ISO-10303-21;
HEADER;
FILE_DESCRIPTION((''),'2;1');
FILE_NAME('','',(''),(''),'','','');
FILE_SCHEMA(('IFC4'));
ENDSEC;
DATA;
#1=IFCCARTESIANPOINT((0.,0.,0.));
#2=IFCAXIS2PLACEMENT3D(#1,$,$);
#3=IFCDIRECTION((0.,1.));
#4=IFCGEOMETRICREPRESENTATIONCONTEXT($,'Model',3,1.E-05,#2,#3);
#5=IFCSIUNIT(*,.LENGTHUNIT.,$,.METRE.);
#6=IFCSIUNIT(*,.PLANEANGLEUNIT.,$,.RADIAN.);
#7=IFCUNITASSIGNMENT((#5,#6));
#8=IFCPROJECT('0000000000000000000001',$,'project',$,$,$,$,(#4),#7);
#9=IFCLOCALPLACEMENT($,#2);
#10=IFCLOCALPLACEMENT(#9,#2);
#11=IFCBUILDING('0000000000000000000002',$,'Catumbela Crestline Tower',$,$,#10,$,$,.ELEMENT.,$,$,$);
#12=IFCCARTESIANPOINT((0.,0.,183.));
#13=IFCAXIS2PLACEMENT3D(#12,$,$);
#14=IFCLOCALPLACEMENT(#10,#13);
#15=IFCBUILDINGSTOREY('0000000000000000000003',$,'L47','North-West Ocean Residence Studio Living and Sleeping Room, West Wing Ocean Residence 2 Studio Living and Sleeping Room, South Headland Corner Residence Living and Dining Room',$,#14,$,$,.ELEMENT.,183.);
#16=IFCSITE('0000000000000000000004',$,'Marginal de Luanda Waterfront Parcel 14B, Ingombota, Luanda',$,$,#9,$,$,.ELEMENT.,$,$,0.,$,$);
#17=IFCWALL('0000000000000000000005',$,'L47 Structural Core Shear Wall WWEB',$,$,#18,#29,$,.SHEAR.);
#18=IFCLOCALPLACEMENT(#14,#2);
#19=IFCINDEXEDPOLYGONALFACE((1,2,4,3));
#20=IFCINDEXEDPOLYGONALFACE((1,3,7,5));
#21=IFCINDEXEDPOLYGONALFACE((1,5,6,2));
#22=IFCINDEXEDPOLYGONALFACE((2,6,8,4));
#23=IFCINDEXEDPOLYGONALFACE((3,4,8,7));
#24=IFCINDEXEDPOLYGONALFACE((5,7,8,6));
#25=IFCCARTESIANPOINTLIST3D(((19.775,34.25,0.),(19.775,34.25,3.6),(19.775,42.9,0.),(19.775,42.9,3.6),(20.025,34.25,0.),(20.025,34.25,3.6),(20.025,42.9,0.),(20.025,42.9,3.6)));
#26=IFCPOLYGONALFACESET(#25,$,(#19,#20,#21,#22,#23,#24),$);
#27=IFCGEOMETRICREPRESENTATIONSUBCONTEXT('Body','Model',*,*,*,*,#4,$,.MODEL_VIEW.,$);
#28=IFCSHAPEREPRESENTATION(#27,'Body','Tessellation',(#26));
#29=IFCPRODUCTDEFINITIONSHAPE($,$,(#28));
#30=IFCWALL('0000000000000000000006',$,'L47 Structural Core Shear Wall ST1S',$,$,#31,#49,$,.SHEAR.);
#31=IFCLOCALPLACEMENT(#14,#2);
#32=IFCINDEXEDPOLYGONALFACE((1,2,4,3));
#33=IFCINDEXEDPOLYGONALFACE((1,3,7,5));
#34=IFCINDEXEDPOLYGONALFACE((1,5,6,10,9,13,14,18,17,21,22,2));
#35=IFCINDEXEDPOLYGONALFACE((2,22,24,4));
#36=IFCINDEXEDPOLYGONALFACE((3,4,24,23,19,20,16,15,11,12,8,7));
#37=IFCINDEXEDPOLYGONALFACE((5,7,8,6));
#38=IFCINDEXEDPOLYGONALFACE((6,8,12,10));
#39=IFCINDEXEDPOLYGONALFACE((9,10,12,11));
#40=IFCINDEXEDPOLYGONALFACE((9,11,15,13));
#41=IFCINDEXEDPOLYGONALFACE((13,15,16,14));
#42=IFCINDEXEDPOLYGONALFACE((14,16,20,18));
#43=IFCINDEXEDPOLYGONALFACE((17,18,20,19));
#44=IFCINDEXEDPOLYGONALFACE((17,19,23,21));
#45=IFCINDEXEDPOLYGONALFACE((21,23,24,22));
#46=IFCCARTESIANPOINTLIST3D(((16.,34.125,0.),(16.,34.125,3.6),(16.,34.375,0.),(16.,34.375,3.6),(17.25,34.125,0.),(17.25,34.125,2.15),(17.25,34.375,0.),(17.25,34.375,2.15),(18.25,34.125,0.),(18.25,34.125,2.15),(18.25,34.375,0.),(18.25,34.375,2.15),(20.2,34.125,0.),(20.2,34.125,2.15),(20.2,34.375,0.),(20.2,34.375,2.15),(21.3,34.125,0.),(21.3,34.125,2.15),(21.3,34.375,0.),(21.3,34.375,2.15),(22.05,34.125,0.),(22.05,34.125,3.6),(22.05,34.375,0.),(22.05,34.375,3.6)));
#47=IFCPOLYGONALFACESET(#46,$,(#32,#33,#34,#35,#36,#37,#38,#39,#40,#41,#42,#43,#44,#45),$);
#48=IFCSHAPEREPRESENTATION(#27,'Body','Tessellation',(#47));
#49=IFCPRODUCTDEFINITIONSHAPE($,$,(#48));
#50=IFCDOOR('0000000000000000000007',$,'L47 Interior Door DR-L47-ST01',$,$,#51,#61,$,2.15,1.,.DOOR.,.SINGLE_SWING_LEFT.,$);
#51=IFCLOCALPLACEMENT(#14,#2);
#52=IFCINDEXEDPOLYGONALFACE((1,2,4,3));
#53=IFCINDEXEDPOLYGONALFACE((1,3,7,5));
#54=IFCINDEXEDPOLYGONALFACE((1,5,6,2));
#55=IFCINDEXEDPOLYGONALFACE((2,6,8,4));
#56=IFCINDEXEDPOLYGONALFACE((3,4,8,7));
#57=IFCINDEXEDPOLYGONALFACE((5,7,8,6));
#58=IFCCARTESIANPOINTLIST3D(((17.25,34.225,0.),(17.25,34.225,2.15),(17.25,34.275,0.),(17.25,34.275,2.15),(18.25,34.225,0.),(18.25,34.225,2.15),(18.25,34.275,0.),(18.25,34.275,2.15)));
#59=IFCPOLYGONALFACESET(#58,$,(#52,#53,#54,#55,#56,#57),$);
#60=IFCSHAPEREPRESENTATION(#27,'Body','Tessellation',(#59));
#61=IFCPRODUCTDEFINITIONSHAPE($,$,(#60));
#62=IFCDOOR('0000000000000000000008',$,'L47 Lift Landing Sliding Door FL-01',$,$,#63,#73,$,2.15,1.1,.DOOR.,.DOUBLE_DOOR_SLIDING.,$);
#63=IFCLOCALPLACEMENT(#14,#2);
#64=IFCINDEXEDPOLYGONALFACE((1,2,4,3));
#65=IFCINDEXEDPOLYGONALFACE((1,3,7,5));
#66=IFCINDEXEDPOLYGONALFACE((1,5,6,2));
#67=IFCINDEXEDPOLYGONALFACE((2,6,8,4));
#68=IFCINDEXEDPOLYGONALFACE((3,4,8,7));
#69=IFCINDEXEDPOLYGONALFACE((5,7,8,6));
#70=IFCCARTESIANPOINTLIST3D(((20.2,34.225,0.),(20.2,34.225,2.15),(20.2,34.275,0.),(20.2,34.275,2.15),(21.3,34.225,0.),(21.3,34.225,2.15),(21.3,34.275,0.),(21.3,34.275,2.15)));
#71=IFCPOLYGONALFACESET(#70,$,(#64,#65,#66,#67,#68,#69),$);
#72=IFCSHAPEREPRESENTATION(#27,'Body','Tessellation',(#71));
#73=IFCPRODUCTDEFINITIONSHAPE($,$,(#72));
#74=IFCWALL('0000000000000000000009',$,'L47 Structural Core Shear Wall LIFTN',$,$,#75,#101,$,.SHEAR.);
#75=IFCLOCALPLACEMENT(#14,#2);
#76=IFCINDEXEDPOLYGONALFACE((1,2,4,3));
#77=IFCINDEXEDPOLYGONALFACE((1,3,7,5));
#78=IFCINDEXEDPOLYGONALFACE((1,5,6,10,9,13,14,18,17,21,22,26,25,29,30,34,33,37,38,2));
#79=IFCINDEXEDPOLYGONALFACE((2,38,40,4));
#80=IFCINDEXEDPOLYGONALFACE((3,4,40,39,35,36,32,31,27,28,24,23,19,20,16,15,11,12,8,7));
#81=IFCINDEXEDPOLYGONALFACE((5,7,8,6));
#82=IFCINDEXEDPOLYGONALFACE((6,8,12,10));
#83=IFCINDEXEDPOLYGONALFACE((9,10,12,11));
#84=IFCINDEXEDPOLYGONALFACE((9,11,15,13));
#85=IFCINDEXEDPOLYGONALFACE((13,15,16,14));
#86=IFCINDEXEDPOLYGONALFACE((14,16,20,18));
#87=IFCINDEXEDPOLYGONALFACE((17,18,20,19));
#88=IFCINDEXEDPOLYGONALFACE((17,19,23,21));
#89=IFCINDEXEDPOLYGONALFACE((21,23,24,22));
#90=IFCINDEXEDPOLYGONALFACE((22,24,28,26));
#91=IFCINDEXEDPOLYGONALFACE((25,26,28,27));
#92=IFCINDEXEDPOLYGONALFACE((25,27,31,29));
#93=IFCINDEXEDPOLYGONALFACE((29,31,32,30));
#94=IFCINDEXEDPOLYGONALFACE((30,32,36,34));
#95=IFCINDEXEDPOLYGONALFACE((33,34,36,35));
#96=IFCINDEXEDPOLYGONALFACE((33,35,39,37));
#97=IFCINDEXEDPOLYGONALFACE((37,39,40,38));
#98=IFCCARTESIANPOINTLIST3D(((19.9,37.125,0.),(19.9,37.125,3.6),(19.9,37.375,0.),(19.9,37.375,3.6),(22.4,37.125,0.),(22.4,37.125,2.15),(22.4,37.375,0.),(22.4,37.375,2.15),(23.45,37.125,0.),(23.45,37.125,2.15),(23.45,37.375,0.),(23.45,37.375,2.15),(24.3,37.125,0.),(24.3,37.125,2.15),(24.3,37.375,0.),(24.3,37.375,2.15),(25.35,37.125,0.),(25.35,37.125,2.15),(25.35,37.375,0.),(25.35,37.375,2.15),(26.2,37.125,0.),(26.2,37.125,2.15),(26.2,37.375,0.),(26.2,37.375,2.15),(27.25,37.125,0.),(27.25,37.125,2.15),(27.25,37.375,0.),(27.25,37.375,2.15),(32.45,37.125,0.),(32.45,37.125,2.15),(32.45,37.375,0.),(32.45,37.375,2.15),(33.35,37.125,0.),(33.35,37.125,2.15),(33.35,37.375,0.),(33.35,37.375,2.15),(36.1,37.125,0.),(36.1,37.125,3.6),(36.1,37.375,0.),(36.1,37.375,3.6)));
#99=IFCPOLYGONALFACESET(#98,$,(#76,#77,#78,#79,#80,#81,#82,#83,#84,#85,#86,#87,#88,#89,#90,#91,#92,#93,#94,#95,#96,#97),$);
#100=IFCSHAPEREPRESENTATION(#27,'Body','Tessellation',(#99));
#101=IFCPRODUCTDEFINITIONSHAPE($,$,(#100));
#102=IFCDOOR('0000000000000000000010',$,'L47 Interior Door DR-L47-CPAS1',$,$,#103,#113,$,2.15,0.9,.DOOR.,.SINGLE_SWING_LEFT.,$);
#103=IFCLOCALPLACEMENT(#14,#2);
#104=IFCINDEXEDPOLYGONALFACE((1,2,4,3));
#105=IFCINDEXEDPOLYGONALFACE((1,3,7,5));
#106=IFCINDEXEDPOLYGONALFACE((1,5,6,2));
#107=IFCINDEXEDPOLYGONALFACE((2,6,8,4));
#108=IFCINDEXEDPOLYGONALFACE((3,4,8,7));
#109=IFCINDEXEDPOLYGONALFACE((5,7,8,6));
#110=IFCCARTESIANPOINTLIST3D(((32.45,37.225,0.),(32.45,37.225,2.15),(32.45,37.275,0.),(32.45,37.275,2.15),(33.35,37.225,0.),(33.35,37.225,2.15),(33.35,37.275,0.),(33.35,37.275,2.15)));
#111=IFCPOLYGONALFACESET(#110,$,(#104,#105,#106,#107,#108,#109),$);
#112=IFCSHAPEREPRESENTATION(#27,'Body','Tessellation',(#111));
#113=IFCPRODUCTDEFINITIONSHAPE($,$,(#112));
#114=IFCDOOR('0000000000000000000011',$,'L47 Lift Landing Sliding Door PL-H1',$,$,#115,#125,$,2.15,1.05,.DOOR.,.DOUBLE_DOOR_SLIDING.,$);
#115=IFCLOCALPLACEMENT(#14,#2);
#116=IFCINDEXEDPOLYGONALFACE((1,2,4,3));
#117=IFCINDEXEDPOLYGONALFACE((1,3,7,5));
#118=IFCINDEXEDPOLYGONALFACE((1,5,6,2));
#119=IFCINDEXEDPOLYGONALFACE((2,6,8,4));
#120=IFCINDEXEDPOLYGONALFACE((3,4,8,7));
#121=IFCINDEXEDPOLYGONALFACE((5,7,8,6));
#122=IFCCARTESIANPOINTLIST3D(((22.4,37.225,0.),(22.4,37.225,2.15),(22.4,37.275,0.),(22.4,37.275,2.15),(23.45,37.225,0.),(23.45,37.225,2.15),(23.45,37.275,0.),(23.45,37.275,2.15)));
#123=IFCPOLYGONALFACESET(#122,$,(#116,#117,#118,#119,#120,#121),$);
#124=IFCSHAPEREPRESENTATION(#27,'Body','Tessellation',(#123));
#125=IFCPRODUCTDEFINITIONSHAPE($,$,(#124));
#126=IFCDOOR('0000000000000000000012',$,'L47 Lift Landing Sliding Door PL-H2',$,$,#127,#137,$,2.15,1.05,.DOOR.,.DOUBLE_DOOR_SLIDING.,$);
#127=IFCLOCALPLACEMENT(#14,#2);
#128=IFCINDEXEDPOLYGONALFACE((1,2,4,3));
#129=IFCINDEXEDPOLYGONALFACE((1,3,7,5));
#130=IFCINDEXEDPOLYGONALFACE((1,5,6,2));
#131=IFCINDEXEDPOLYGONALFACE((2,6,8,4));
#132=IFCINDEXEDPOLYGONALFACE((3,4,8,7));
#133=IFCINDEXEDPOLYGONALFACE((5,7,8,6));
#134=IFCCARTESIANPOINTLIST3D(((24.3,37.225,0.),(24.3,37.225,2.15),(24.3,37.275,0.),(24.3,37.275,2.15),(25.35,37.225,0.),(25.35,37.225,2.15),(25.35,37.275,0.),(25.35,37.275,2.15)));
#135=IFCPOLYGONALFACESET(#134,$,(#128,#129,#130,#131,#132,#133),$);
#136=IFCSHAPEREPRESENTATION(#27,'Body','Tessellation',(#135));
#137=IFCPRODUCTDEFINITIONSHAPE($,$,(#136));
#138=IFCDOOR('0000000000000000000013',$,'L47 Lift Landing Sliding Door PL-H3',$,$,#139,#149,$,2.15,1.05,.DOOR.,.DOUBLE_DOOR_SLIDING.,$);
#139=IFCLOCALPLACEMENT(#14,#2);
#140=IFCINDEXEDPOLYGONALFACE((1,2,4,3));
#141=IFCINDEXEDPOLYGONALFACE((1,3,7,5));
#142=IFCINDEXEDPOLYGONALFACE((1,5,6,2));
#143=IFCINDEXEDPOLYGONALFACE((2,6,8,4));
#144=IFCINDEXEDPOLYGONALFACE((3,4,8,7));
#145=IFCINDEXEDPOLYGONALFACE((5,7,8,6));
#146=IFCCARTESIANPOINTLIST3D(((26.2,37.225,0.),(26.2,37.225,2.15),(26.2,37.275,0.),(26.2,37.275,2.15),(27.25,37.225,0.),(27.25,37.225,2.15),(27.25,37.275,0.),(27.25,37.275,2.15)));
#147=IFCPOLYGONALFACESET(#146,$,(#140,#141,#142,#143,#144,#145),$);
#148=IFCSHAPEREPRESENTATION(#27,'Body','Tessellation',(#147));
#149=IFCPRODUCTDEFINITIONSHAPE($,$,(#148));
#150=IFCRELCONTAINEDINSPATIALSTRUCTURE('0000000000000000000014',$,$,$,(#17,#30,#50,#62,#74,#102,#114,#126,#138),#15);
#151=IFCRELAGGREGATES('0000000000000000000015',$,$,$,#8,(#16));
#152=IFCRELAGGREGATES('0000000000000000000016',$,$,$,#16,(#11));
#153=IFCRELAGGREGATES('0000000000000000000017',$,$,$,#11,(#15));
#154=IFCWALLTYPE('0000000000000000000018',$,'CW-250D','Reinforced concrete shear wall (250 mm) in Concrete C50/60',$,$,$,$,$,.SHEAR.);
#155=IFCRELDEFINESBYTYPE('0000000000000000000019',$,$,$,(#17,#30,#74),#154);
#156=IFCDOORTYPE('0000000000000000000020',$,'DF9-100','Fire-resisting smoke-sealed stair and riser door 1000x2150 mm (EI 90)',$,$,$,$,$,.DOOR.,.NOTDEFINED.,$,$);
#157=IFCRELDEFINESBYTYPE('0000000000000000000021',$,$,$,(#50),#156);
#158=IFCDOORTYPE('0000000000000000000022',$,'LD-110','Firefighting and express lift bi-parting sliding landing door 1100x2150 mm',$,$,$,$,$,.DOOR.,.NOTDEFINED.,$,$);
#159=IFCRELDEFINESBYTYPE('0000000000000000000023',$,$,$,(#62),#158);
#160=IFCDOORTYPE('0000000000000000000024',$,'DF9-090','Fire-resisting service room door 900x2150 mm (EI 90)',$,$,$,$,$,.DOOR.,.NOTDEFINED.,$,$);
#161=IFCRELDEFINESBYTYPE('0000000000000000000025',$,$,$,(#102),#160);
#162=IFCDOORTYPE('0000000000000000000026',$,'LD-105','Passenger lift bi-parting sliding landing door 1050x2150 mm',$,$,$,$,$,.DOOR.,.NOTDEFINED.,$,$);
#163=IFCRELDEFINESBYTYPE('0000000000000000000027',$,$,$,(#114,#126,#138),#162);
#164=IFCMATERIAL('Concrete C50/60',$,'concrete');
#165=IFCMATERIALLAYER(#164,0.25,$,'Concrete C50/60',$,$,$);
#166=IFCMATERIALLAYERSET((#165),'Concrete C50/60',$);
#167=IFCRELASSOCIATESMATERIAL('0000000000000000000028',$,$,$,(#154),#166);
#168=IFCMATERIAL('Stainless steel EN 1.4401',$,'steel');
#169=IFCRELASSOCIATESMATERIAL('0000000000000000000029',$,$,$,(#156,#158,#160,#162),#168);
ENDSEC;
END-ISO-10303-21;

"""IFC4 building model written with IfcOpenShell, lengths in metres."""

from ifc_helpers import new_model, si_unit, direction, frame, frame_2d, origin, place, context, subcontext, project, spatial, rectangle, extrude, material, layer, layer_set, type_object, element, fill, save


model = new_model("IFC4")

# Units and contexts
model_context = context("Model", 3, precision=1e-05, world=origin(), true_north=direction((0.0, 1.0)))
body_context = subcontext(model_context, "Body", "Model", "MODEL_VIEW")
ifc_project = project(units=[si_unit("LENGTHUNIT", "METRE"), si_unit("PLANEANGLEUNIT", "RADIAN")], contexts=[model_context])

# Site, building, storey
site_placement = place(None, origin())
site = spatial("IfcSite", under=ifc_project, at=site_placement, Name="Marginal de Luanda Waterfront Parcel 14B, Ingombota, Luanda", CompositionType="ELEMENT", RefElevation=0.0)
building_placement = place(site_placement, origin())
building = spatial("IfcBuilding", under=site, at=building_placement, Name="Catumbela Crestline Tower", CompositionType="ELEMENT")
storey_placement = place(building_placement, frame((0.0, 0.0, 183.0)))
storey = spatial("IfcBuildingStorey", under=building, at=storey_placement, Name="L47", Description="North-West Ocean Residence Studio Living and Sleeping Room, West Wing Ocean Residence 2 Studio Living and Sleeping Room, South Headland Corner Residence Living and Dining Room", CompositionType="ELEMENT", Elevation=183.0)

# Wall
ifc_material_1 = material(Name="Concrete C50/60", Category="concrete")
ifc_layer_1 = layer(ifc_material_1, 0.25, Name="Concrete C50/60")
ifc_layer_set_1 = layer_set([ifc_layer_1], Name="Concrete C50/60")
wall_type_1 = type_object("IfcWallType", Name="CW-250D", Description="Reinforced concrete shear wall (250 mm) in Concrete C50/60", PredefinedType="SHEAR", material=ifc_layer_set_1)
wall_1_placement = place(storey_placement, frame((19.9, 34.25, 0.0), z_axis=(0.0, 0.0, 1.0), x_axis=(0.0, 1.0, 0.0)))
element("IfcWall", 1, at=wall_1_placement, inside=storey, type_object=wall_type_1, Name="L47 Structural Core Shear Wall WWEB", PredefinedType="SHEAR", context=body_context, shape_type="SweptSolid", body=[
    extrude(rectangle(XDim=8.65, YDim=0.25, at=frame_2d((4.325, 0.0))), origin(), (0.0, 0.0, 1.0), 3.6),
])

# Walls, openings, doors
wall_2_placement = place(storey_placement, frame((16.0, 34.25, 0.0), z_axis=(0.0, 0.0, 1.0), x_axis=(1.0, 0.0, 0.0)))
wall_2 = element("IfcWall", 2, at=wall_2_placement, inside=storey, type_object=wall_type_1, Name="L47 Structural Core Shear Wall ST1S", PredefinedType="SHEAR", context=body_context, shape_type="SweptSolid", body=[
    extrude(rectangle(XDim=6.05, YDim=0.25, at=frame_2d((3.025, 0.0))), origin(), (0.0, 0.0, 1.0), 3.6),
])
opening_1_placement = place(wall_2_placement, frame((1.25, 0.0, 0.0)))
opening_1 = element("IfcOpeningElement", 3, at=opening_1_placement, cuts=wall_2, PredefinedType="OPENING", context=body_context, shape_type="SweptSolid", body=[
    extrude(rectangle(XDim=1.0, YDim=2.15, at=frame_2d((0.5, 1.075))), frame((0.0, 0.135, 0.0), z_axis=(0.0, -1.0, 0.0), x_axis=(1.0, 0.0, 0.0)), (0.0, 0.0, 1.0), 0.27),
])
opening_2_placement = place(wall_2_placement, frame((4.2, 0.0, 0.0)))
opening_2 = element("IfcOpeningElement", 4, at=opening_2_placement, cuts=wall_2, PredefinedType="OPENING", context=body_context, shape_type="SweptSolid", body=[
    extrude(rectangle(XDim=1.1, YDim=2.15, at=frame_2d((0.55, 1.075))), frame((0.0, 0.135, 0.0), z_axis=(0.0, -1.0, 0.0), x_axis=(1.0, 0.0, 0.0)), (0.0, 0.0, 1.0), 0.27),
])
ifc_material_2 = material(Name="Stainless steel EN 1.4401", Category="steel")
door_type_1 = type_object("IfcDoorType", Name="DF9-100", Description="Fire-resisting smoke-sealed stair and riser door 1000x2150 mm (EI 90)", OperationType="NOTDEFINED", PredefinedType="DOOR", material=ifc_material_2)
door_1_placement = place(opening_1_placement, origin())
door_1 = element("IfcDoor", 5, at=door_1_placement, inside=storey, type_object=door_type_1, Name="L47 Interior Door DR-L47-ST01", OperationType="SINGLE_SWING_LEFT", OverallHeight=2.15, OverallWidth=1.0, PredefinedType="DOOR", context=body_context, shape_type="SweptSolid", body=[
    extrude(rectangle(XDim=1.0, YDim=2.15, at=frame_2d((0.5, 1.075))), frame((0.0, 0.025, 0.0), z_axis=(0.0, -1.0, 0.0), x_axis=(1.0, 0.0, 0.0)), (0.0, 0.0, 1.0), 0.05),
])
fill(opening_1, door_1)
door_type_2 = type_object("IfcDoorType", Name="LD-110", Description="Firefighting and express lift bi-parting sliding landing door 1100x2150 mm", OperationType="NOTDEFINED", PredefinedType="DOOR", material=ifc_material_2)
door_2_placement = place(opening_2_placement, origin())
door_2 = element("IfcDoor", 6, at=door_2_placement, inside=storey, type_object=door_type_2, Name="L47 Lift Landing Sliding Door FL-01", OperationType="DOUBLE_DOOR_SLIDING", OverallHeight=2.15, OverallWidth=1.1, PredefinedType="DOOR", context=body_context, shape_type="SweptSolid", body=[
    extrude(rectangle(XDim=1.1, YDim=2.15, at=frame_2d((0.55, 1.075))), frame((0.0, 0.025, 0.0), z_axis=(0.0, -1.0, 0.0), x_axis=(1.0, 0.0, 0.0)), (0.0, 0.0, 1.0), 0.05),
])
fill(opening_2, door_2)
wall_3_placement = place(storey_placement, frame((19.9, 37.25, 0.0), z_axis=(0.0, 0.0, 1.0), x_axis=(1.0, 0.0, 0.0)))
wall_3 = element("IfcWall", 7, at=wall_3_placement, inside=storey, type_object=wall_type_1, Name="L47 Structural Core Shear Wall LIFTN", PredefinedType="SHEAR", context=body_context, shape_type="SweptSolid", body=[
    extrude(rectangle(XDim=16.2, YDim=0.25, at=frame_2d((8.1, 0.0))), origin(), (0.0, 0.0, 1.0), 3.6),
])
opening_3_placement = place(wall_3_placement, frame((12.55, 0.0, 0.0)))
opening_3 = element("IfcOpeningElement", 8, at=opening_3_placement, cuts=wall_3, PredefinedType="OPENING", context=body_context, shape_type="SweptSolid", body=[
    extrude(rectangle(XDim=0.9, YDim=2.15, at=frame_2d((0.45, 1.075))), frame((0.0, 0.135, 0.0), z_axis=(0.0, -1.0, 0.0), x_axis=(1.0, 0.0, 0.0)), (0.0, 0.0, 1.0), 0.27),
])
opening_4_placement = place(wall_3_placement, frame((2.5, 0.0, 0.0)))
opening_4 = element("IfcOpeningElement", 9, at=opening_4_placement, cuts=wall_3, PredefinedType="OPENING", context=body_context, shape_type="SweptSolid", body=[
    extrude(rectangle(XDim=1.05, YDim=2.15, at=frame_2d((0.525, 1.075))), frame((0.0, 0.135, 0.0), z_axis=(0.0, -1.0, 0.0), x_axis=(1.0, 0.0, 0.0)), (0.0, 0.0, 1.0), 0.27),
])
opening_5_placement = place(wall_3_placement, frame((4.4, 0.0, 0.0)))
opening_5 = element("IfcOpeningElement", 10, at=opening_5_placement, cuts=wall_3, PredefinedType="OPENING", context=body_context, shape_type="SweptSolid", body=[
    extrude(rectangle(XDim=1.05, YDim=2.15, at=frame_2d((0.525, 1.075))), frame((0.0, 0.135, 0.0), z_axis=(0.0, -1.0, 0.0), x_axis=(1.0, 0.0, 0.0)), (0.0, 0.0, 1.0), 0.27),
])
opening_6_placement = place(wall_3_placement, frame((6.3, 0.0, 0.0)))
opening_6 = element("IfcOpeningElement", 11, at=opening_6_placement, cuts=wall_3, PredefinedType="OPENING", context=body_context, shape_type="SweptSolid", body=[
    extrude(rectangle(XDim=1.05, YDim=2.15, at=frame_2d((0.525, 1.075))), frame((0.0, 0.135, 0.0), z_axis=(0.0, -1.0, 0.0), x_axis=(1.0, 0.0, 0.0)), (0.0, 0.0, 1.0), 0.27),
])
door_type_3 = type_object("IfcDoorType", Name="DF9-090", Description="Fire-resisting service room door 900x2150 mm (EI 90)", OperationType="NOTDEFINED", PredefinedType="DOOR", material=ifc_material_2)
door_3_placement = place(opening_3_placement, origin())
door_3 = element("IfcDoor", 12, at=door_3_placement, inside=storey, type_object=door_type_3, Name="L47 Interior Door DR-L47-CPAS1", OperationType="SINGLE_SWING_LEFT", OverallHeight=2.15, OverallWidth=0.9, PredefinedType="DOOR", context=body_context, shape_type="SweptSolid", body=[
    extrude(rectangle(XDim=0.9, YDim=2.15, at=frame_2d((0.45, 1.075))), frame((0.0, 0.025, 0.0), z_axis=(0.0, -1.0, 0.0), x_axis=(1.0, 0.0, 0.0)), (0.0, 0.0, 1.0), 0.05),
])
fill(opening_3, door_3)
door_type_4 = type_object("IfcDoorType", Name="LD-105", Description="Passenger lift bi-parting sliding landing door 1050x2150 mm", OperationType="NOTDEFINED", PredefinedType="DOOR", material=ifc_material_2)
door_4_placement = place(opening_4_placement, origin())
door_4 = element("IfcDoor", 13, at=door_4_placement, inside=storey, type_object=door_type_4, Name="L47 Lift Landing Sliding Door PL-H1", OperationType="DOUBLE_DOOR_SLIDING", OverallHeight=2.15, OverallWidth=1.05, PredefinedType="DOOR", context=body_context, shape_type="SweptSolid", body=[
    extrude(rectangle(XDim=1.05, YDim=2.15, at=frame_2d((0.525, 1.075))), frame((0.0, 0.025, 0.0), z_axis=(0.0, -1.0, 0.0), x_axis=(1.0, 0.0, 0.0)), (0.0, 0.0, 1.0), 0.05),
])
fill(opening_4, door_4)
door_5_placement = place(opening_5_placement, origin())
door_5 = element("IfcDoor", 14, at=door_5_placement, inside=storey, type_object=door_type_4, Name="L47 Lift Landing Sliding Door PL-H2", OperationType="DOUBLE_DOOR_SLIDING", OverallHeight=2.15, OverallWidth=1.05, PredefinedType="DOOR", context=body_context, shape_type="SweptSolid", body=[
    extrude(rectangle(XDim=1.05, YDim=2.15, at=frame_2d((0.525, 1.075))), frame((0.0, 0.025, 0.0), z_axis=(0.0, -1.0, 0.0), x_axis=(1.0, 0.0, 0.0)), (0.0, 0.0, 1.0), 0.05),
])
fill(opening_5, door_5)
door_6_placement = place(opening_6_placement, origin())
door_6 = element("IfcDoor", 15, at=door_6_placement, inside=storey, type_object=door_type_4, Name="L47 Lift Landing Sliding Door PL-H3", OperationType="DOUBLE_DOOR_SLIDING", OverallHeight=2.15, OverallWidth=1.05, PredefinedType="DOOR", context=body_context, shape_type="SweptSolid", body=[
    extrude(rectangle(XDim=1.05, YDim=2.15, at=frame_2d((0.525, 1.075))), frame((0.0, 0.025, 0.0), z_axis=(0.0, -1.0, 0.0), x_axis=(1.0, 0.0, 0.0)), (0.0, 0.0, 1.0), 0.05),
])
fill(opening_6, door_6)

save(model, "model.ifc")
